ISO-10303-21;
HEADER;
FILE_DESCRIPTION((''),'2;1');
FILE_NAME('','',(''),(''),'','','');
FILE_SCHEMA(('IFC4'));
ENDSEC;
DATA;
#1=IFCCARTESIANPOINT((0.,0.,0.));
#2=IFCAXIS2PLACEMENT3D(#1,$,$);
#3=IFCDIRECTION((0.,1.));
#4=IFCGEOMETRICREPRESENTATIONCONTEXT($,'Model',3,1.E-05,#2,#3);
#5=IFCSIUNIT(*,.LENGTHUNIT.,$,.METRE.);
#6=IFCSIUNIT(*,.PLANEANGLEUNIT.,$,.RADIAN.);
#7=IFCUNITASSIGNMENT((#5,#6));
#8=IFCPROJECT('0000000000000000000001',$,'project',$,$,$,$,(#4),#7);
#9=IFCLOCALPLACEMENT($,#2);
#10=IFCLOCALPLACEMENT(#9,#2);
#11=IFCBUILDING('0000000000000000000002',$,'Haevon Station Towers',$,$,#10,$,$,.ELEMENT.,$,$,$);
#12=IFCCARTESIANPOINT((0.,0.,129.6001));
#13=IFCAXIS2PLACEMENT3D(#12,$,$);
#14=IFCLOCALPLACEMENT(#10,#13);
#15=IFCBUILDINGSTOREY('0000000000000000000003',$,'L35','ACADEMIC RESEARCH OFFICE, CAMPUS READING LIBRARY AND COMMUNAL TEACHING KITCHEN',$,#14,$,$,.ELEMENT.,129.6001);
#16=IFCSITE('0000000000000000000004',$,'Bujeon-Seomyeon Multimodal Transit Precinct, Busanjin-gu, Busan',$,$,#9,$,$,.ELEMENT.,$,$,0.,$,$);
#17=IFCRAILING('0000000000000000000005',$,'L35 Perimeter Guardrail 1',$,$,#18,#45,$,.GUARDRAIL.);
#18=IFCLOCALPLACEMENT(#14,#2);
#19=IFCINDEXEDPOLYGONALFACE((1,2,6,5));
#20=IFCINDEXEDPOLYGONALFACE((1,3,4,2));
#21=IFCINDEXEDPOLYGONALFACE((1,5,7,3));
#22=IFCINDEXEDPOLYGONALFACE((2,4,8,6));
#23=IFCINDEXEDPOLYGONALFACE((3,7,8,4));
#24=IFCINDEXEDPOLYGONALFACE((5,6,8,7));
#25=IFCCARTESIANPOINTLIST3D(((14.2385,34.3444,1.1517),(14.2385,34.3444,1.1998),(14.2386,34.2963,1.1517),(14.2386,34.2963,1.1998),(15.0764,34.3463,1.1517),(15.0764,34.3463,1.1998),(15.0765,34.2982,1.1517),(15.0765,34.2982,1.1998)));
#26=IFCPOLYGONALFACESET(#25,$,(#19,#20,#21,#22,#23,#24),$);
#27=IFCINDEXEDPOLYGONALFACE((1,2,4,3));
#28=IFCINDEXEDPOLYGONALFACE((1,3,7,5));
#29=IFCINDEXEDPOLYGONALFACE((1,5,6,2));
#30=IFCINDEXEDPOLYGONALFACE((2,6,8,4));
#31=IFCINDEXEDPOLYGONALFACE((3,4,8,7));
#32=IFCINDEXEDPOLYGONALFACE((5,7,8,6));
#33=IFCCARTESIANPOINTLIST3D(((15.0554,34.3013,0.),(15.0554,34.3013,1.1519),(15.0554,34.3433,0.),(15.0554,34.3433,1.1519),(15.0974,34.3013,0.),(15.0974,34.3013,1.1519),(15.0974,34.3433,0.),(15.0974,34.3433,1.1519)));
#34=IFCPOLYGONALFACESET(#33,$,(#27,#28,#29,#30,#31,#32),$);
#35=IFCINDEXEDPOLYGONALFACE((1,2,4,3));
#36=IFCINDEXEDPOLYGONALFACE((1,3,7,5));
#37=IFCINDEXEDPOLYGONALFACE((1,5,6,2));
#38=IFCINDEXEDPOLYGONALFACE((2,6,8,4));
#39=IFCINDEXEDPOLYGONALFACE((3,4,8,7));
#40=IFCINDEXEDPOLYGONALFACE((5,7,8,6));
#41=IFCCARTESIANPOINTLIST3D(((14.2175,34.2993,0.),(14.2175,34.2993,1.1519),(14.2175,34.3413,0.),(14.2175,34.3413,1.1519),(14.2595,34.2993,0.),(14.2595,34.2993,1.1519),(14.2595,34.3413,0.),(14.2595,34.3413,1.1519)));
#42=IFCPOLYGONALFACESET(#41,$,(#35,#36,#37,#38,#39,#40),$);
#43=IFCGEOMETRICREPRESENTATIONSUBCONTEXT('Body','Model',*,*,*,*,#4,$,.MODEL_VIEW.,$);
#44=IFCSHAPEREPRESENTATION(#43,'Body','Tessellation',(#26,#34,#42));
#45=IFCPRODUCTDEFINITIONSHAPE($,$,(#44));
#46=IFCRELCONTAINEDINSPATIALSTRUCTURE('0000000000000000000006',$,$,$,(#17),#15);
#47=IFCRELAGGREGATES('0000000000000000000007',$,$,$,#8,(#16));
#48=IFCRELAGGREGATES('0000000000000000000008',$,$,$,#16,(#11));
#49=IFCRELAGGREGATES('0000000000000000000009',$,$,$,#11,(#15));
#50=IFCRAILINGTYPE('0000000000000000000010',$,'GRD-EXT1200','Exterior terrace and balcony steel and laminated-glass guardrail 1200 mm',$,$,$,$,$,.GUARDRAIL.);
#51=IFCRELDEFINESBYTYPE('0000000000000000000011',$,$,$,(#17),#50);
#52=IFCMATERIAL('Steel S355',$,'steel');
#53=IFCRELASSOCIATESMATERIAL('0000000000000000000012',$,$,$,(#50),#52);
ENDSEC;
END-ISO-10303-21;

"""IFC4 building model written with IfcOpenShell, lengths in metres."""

from ifc_helpers import new_model, si_unit, direction, frame, origin, origin_2d, place, context, subcontext, project, spatial, rectangle, extrude, material, type_object, element, save


model = new_model("IFC4")

# Units and contexts
model_context = context("Model", 3, precision=1e-05, world=origin(), true_north=direction((0.0, 1.0)))
body_context = subcontext(model_context, "Body", "Model", "MODEL_VIEW")
ifc_project = project(units=[si_unit("LENGTHUNIT", "METRE"), si_unit("PLANEANGLEUNIT", "RADIAN")], contexts=[model_context])

# Site, building, storey
site_placement = place(None, origin())
site = spatial("IfcSite", under=ifc_project, at=site_placement, Name="Bujeon-Seomyeon Multimodal Transit Precinct, Busanjin-gu, Busan", CompositionType="ELEMENT", RefElevation=0.0)
building_placement = place(site_placement, origin())
building = spatial("IfcBuilding", under=site, at=building_placement, Name="Haevon Station Towers", CompositionType="ELEMENT")
storey_placement = place(building_placement, frame((0.0, 0.0, 129.6001)))
storey = spatial("IfcBuildingStorey", under=building, at=storey_placement, Name="L35", Description="ACADEMIC RESEARCH OFFICE, CAMPUS READING LIBRARY AND COMMUNAL TEACHING KITCHEN", CompositionType="ELEMENT", Elevation=129.6001)

# Shared definitions
ifc_material_1 = material(Name="Steel S355", Category="steel")

# Railing
railing_type = type_object("IfcRailingType", Name="GRD-EXT1200", Description="Exterior terrace and balcony steel and laminated-glass guardrail 1200 mm", PredefinedType="GUARDRAIL", material=ifc_material_1)
railing_placement = place(storey_placement, frame((15.0764, 34.3223, 0.0)))
element("IfcRailing", 1, at=railing_placement, inside=storey, type_object=railing_type, Name="L35 Perimeter Guardrail 1", PredefinedType="GUARDRAIL", context=body_context, shape_type="SweptSolid", body=[
    extrude(rectangle(XDim=0.0481, YDim=0.0481, at=origin_2d()), frame((0.0, 0.0, 1.1758), z_axis=(-0.999997, -0.002331, 0.0), x_axis=(0.002331, -0.999997, 0.0)), (0.0, 0.0, 1.0), 0.8379),
    extrude(rectangle(XDim=0.042, YDim=0.042, at=origin_2d()), origin(), (0.0, 0.0, 1.0), 1.1519),
    extrude(rectangle(XDim=0.042, YDim=0.042, at=origin_2d()), frame((-0.8379, -0.002, 0.0)), (0.0, 0.0, 1.0), 1.1519),
])

save(model, "model.ifc")
